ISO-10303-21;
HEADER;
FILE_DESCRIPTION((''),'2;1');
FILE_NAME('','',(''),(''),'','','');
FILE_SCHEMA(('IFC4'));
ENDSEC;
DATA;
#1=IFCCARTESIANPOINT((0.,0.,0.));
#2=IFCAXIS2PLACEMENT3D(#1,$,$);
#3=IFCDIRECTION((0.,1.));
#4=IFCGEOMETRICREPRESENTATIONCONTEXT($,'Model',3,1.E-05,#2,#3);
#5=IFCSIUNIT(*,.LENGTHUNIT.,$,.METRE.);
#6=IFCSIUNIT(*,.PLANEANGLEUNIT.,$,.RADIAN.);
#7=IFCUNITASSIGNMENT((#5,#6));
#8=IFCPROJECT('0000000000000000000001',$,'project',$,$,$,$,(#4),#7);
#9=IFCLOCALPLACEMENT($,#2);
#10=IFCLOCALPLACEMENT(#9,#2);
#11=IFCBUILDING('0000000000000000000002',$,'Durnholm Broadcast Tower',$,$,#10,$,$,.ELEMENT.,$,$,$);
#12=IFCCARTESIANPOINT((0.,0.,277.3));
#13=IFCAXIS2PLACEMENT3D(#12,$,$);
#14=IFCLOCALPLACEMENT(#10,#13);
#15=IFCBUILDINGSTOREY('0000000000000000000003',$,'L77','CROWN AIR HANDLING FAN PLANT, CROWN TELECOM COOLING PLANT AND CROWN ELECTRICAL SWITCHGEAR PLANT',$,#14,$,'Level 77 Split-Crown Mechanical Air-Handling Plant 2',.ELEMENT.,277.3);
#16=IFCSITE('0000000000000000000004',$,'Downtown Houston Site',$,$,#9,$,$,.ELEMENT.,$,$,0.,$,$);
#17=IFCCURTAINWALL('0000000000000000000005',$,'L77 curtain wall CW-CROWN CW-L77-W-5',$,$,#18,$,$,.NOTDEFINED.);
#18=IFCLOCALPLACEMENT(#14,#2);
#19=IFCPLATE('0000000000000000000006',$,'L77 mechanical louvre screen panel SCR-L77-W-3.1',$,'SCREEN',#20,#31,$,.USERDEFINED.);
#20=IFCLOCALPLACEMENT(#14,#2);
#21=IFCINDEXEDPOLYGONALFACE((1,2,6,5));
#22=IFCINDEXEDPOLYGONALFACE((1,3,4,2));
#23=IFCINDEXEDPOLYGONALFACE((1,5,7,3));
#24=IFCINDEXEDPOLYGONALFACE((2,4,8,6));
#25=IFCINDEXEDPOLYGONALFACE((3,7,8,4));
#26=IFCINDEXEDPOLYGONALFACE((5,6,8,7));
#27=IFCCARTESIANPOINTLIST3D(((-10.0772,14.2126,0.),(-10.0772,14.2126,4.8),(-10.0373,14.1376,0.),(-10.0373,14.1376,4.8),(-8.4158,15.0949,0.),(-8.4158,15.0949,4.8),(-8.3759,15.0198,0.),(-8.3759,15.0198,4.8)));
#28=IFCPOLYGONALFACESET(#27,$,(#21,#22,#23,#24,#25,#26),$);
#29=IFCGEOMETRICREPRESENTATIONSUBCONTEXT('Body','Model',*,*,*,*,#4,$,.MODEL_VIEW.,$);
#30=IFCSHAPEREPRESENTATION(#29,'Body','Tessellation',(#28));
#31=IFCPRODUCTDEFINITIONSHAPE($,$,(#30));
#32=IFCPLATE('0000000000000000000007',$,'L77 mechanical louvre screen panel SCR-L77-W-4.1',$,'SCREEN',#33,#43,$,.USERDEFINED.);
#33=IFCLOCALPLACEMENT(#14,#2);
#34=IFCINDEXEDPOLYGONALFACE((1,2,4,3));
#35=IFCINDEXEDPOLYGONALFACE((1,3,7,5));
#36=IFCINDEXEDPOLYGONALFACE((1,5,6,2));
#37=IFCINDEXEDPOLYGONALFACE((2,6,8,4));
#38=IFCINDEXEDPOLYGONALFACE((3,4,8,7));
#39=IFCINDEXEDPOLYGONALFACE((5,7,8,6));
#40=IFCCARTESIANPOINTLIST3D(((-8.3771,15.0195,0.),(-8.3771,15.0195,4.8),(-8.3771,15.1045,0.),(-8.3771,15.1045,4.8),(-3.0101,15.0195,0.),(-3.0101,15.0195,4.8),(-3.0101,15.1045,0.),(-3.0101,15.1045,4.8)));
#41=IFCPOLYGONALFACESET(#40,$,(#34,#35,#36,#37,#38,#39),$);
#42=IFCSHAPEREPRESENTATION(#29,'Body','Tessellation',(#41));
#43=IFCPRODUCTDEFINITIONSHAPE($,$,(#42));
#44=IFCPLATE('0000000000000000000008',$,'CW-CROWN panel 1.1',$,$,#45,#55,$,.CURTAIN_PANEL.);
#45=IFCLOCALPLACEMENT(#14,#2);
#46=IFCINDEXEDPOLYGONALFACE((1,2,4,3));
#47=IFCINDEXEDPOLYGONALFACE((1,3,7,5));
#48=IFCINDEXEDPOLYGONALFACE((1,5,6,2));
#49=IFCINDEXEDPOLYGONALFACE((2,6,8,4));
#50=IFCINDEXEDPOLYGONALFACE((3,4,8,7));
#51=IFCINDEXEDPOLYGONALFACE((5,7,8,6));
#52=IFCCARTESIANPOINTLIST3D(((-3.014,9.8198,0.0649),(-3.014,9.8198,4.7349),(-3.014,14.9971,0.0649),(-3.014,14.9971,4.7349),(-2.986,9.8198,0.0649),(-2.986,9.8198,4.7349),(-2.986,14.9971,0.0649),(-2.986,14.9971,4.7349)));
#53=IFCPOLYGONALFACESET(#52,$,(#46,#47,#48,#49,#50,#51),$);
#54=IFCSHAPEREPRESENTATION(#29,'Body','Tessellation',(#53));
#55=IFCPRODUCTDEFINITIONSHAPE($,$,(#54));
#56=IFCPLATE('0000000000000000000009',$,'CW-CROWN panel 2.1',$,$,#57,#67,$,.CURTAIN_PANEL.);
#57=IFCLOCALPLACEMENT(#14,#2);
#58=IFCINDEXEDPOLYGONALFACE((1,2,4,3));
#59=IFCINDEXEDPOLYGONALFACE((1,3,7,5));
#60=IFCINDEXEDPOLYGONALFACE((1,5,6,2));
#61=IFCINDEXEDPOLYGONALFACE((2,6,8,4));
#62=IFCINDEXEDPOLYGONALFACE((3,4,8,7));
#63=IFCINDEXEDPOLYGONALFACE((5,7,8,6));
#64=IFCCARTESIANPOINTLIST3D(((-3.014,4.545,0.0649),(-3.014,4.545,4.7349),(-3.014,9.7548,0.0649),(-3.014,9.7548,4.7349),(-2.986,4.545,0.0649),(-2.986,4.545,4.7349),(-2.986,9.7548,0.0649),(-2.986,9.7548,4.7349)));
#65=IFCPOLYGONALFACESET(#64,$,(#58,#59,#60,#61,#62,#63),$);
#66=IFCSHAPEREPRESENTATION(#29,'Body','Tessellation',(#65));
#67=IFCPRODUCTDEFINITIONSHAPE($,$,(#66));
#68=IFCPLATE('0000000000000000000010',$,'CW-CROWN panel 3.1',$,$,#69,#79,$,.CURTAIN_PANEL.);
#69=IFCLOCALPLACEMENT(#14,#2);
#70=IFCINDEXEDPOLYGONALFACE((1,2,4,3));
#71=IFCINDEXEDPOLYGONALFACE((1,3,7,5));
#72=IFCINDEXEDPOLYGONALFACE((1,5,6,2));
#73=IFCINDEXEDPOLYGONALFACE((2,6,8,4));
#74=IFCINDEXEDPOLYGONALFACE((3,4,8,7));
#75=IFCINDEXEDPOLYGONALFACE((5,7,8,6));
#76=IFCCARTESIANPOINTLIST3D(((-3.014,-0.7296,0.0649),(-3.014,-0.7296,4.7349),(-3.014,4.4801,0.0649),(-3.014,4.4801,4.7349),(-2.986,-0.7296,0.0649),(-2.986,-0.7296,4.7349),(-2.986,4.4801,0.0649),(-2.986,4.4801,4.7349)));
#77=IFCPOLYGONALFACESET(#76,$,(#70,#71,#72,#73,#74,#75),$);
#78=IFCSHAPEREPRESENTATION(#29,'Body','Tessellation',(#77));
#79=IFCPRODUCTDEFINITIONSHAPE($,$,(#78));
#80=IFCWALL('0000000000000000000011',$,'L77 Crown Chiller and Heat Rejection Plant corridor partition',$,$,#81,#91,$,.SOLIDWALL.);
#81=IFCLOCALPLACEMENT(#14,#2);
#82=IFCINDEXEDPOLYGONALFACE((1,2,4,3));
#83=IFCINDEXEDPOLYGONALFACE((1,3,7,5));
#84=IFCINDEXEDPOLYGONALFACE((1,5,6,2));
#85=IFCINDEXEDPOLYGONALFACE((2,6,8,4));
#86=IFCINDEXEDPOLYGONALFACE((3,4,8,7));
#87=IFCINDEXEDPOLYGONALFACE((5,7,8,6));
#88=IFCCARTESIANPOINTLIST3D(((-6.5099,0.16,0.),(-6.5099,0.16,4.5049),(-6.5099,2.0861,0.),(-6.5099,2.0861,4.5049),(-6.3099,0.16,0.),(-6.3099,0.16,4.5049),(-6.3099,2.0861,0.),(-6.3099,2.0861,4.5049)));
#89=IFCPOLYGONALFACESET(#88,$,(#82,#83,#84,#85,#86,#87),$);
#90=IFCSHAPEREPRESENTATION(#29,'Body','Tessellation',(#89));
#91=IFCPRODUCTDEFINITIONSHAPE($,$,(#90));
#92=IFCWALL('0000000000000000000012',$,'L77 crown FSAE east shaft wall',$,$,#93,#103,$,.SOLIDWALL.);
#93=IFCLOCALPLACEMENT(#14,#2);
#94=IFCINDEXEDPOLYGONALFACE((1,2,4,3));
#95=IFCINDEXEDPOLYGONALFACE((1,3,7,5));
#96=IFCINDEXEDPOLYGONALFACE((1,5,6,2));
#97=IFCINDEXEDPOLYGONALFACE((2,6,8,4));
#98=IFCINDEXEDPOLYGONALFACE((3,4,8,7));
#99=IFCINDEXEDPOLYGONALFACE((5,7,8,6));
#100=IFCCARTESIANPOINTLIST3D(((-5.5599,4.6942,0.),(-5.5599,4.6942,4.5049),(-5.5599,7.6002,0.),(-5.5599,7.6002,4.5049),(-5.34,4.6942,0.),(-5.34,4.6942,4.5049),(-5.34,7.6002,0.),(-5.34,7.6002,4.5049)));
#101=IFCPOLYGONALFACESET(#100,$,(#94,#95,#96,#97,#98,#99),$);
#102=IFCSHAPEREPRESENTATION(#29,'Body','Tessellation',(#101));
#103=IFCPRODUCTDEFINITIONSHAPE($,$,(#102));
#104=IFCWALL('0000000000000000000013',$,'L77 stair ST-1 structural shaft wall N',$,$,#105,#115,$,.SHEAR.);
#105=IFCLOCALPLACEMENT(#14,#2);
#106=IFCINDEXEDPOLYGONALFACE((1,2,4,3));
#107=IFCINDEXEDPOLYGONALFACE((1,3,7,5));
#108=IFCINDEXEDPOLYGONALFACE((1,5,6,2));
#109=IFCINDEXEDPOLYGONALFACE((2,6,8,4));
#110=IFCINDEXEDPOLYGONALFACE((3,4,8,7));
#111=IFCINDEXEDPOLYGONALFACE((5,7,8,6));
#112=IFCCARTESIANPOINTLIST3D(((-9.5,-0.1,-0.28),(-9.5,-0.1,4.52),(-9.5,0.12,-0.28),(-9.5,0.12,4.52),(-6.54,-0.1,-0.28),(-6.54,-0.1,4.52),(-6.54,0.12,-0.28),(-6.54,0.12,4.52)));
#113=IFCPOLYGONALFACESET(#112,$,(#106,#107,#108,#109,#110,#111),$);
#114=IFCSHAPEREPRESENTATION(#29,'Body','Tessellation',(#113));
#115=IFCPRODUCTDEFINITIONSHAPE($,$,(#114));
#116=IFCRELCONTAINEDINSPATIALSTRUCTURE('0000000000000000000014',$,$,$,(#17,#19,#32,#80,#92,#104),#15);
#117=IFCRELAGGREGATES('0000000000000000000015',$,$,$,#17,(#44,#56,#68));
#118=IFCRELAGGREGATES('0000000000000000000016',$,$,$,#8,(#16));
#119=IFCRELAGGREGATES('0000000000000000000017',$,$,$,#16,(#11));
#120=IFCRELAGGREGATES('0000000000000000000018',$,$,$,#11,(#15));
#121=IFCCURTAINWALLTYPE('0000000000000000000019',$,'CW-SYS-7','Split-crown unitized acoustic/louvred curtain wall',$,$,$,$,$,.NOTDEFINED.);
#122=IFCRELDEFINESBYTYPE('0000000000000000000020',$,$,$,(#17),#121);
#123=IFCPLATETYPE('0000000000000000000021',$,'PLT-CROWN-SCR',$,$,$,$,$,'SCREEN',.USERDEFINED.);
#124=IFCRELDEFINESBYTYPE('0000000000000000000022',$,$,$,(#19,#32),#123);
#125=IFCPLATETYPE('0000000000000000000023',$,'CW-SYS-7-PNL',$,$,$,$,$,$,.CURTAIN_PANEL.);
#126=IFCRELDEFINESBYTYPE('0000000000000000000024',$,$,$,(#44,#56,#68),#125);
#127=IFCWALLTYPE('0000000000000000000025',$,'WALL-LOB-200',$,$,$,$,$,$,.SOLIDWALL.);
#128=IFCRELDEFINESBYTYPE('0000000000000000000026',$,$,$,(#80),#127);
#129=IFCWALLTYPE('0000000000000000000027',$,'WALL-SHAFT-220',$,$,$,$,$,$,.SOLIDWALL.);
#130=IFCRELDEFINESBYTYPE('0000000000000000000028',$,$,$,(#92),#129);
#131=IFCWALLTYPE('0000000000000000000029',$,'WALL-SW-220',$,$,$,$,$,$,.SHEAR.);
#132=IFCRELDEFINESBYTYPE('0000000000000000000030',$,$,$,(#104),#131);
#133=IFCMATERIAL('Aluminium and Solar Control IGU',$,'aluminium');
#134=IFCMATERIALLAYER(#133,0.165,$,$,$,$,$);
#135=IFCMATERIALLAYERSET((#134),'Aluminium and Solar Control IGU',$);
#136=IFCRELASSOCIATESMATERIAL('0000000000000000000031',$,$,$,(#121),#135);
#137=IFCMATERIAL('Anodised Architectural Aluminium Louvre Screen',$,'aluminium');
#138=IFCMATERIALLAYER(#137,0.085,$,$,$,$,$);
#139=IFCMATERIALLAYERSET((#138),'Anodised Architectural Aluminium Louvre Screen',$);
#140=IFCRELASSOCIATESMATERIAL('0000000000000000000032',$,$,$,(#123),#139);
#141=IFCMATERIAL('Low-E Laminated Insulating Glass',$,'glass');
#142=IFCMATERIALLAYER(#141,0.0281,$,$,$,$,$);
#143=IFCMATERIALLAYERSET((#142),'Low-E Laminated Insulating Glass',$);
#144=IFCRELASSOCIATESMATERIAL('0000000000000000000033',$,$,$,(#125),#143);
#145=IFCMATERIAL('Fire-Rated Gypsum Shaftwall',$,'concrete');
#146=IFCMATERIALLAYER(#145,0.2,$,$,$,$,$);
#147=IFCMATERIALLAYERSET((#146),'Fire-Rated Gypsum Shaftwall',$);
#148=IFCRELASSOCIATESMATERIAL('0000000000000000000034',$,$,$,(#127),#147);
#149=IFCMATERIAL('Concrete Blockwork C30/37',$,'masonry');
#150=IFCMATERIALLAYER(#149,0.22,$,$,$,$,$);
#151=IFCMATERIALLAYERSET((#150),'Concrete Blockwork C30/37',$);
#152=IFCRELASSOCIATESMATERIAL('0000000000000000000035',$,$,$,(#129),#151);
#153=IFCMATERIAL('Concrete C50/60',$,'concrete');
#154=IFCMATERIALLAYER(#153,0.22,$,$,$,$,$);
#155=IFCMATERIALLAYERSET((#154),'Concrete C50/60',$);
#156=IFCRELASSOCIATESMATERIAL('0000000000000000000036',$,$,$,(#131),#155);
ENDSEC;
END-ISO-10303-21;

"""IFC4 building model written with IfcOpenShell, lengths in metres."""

from ifc_helpers import new_model, si_unit, direction, frame, frame_2d, origin, origin_2d, place, context, subcontext, project, spatial, rectangle, extrude, source, transform, mapped, material, layer, layer_set, type_object, type_shapes, element, aggregate, save


model = new_model("IFC4")

# Units and contexts
model_context = context("Model", 3, precision=1e-05, world=origin(), true_north=direction((0.0, 1.0)))
body_context = subcontext(model_context, "Body", "Model", "MODEL_VIEW")
ifc_project = project(units=[si_unit("LENGTHUNIT", "METRE"), si_unit("PLANEANGLEUNIT", "RADIAN")], contexts=[model_context])

# Site, building, storey
site_placement = place(None, origin())
site = spatial("IfcSite", under=ifc_project, at=site_placement, Name="Downtown Houston Site", CompositionType="ELEMENT", RefElevation=0.0)
building_placement = place(site_placement, origin())
building = spatial("IfcBuilding", under=site, at=building_placement, Name="Durnholm Broadcast Tower", CompositionType="ELEMENT")
storey_placement = place(building_placement, frame((0.0, 0.0, 277.3)))
storey = spatial("IfcBuildingStorey", under=building, at=storey_placement, Name="L77", Description="CROWN AIR HANDLING FAN PLANT, CROWN TELECOM COOLING PLANT AND CROWN ELECTRICAL SWITCHGEAR PLANT", LongName="Level 77 Split-Crown Mechanical Air-Handling Plant 2", CompositionType="ELEMENT", Elevation=277.3)

# Curtain wall
ifc_material_1 = material(Name="Aluminium and Solar Control IGU", Category="aluminium")
ifc_layer_1 = layer(ifc_material_1, 0.165)
ifc_layer_set_1 = layer_set([ifc_layer_1], Name="Aluminium and Solar Control IGU")
curtain_wall_type = type_object("IfcCurtainWallType", Name="CW-SYS-7", Description="Split-crown unitized acoustic/louvred curtain wall", PredefinedType="NOTDEFINED", material=ifc_layer_set_1)
curtain_wall_placement = place(storey_placement, origin())
curtain_wall = element("IfcCurtainWall", 1, at=curtain_wall_placement, inside=storey, type_object=curtain_wall_type, Name="L77 curtain wall CW-CROWN CW-L77-W-5", PredefinedType="NOTDEFINED")

# Shared definitions
ifc_material_2 = material(Name="Concrete C50/60", Category="concrete")

# Plates
ifc_material_3 = material(Name="Anodised Architectural Aluminium Louvre Screen", Category="aluminium")
ifc_layer_2 = layer(ifc_material_3, 0.085)
ifc_layer_set_2 = layer_set([ifc_layer_2], Name="Anodised Architectural Aluminium Louvre Screen")
plate_type_1 = type_object("IfcPlateType", Name="PLT-CROWN-SCR", ElementType="SCREEN", PredefinedType="USERDEFINED", material=ifc_layer_set_2)
shared_shape_1 = source(origin(), body_context, "Body", "SweptSolid", [
    extrude(rectangle(XDim=1.8811, YDim=0.085, at=origin_2d()), origin(), (0.0, 0.0, 1.0), 4.8),
])
plate_1_placement = place(storey_placement, frame((-9.2266, 14.6162, 0.0), z_axis=(0.0, 0.0, 1.0), x_axis=(0.883193, 0.469009, 0.0)))
element("IfcPlate", 2, at=plate_1_placement, inside=storey, type_object=plate_type_1, Name="L77 mechanical louvre screen panel SCR-L77-W-3.1", ObjectType="SCREEN", PredefinedType="USERDEFINED", context=body_context, shape_type="MappedRepresentation", body=[
    mapped(shared_shape_1, transform((0.0, 0.0, 0.0), x_axis=(1.0, 0.0, 0.0), y_axis=(0.0, 1.0, 0.0), z_axis=(0.0, 0.0, 1.0), scale=1.0)),
])
shared_shape_2 = source(origin(), body_context, "Body", "SweptSolid", [
    extrude(rectangle(XDim=5.3669, YDim=0.085, at=origin_2d()), origin(), (0.0, 0.0, 1.0), 4.8),
])
type_shapes(plate_type_1, [shared_shape_1, shared_shape_2])
plate_2_placement = place(storey_placement, frame((-5.6936, 15.062, 0.0), z_axis=(0.0, 0.0, 1.0), x_axis=(1.0, 0.0, 0.0)))
element("IfcPlate", 3, at=plate_2_placement, inside=storey, type_object=plate_type_1, Name="L77 mechanical louvre screen panel SCR-L77-W-4.1", ObjectType="SCREEN", PredefinedType="USERDEFINED", context=body_context, shape_type="MappedRepresentation", body=[
    mapped(shared_shape_2, transform((0.0, 0.0, 0.0), x_axis=(1.0, 0.0, 0.0), y_axis=(0.0, 1.0, 0.0), z_axis=(0.0, 0.0, 1.0), scale=1.0)),
])

# Plates
ifc_material_4 = material(Name="Low-E Laminated Insulating Glass", Category="glass")
ifc_layer_3 = layer(ifc_material_4, 0.0281)
ifc_layer_set_3 = layer_set([ifc_layer_3], Name="Low-E Laminated Insulating Glass")
plate_type_2 = type_object("IfcPlateType", Name="CW-SYS-7-PNL", PredefinedType="CURTAIN_PANEL", material=ifc_layer_set_3)
shared_shape_3 = source(origin(), body_context, "Body", "SweptSolid", [
    extrude(rectangle(XDim=5.1772, YDim=0.0281, at=origin_2d()), origin(), (0.0, 0.0, 1.0), 4.6699),
])
plate_3_placement = place(storey_placement, frame((-3.0, 12.4084, 0.0649), z_axis=(0.0, 0.0, 1.0), x_axis=(0.0, -1.0, 0.0)))
plate_3 = element("IfcPlate", 4, at=plate_3_placement, type_object=plate_type_2, Name="CW-CROWN panel 1.1", PredefinedType="CURTAIN_PANEL", context=body_context, shape_type="MappedRepresentation", body=[
    mapped(shared_shape_3, transform((0.0, 0.0, 0.0), x_axis=(1.0, 0.0, 0.0), y_axis=(0.0, 1.0, 0.0), z_axis=(0.0, 0.0, 1.0), scale=1.0)),
])
shared_shape_4 = source(origin(), body_context, "Body", "SweptSolid", [
    extrude(rectangle(XDim=5.2097, YDim=0.0281, at=origin_2d()), origin(), (0.0, 0.0, 1.0), 4.6699),
])
type_shapes(plate_type_2, [shared_shape_3, shared_shape_4])
plate_4_placement = place(storey_placement, frame((-3.0, 7.1499, 0.0649), z_axis=(0.0, 0.0, 1.0), x_axis=(0.0, -1.0, 0.0)))
plate_4 = element("IfcPlate", 5, at=plate_4_placement, type_object=plate_type_2, Name="CW-CROWN panel 2.1", PredefinedType="CURTAIN_PANEL", context=body_context, shape_type="MappedRepresentation", body=[
    mapped(shared_shape_4, transform((0.0, 0.0, 0.0), x_axis=(1.0, 0.0, 0.0), y_axis=(0.0, 1.0, 0.0), z_axis=(0.0, 0.0, 1.0), scale=1.0)),
])
plate_5_placement = place(storey_placement, frame((-3.0, 1.8752, 0.0649), z_axis=(0.0, 0.0, 1.0), x_axis=(0.0, -1.0, 0.0)))
plate_5 = element("IfcPlate", 6, at=plate_5_placement, type_object=plate_type_2, Name="CW-CROWN panel 3.1", PredefinedType="CURTAIN_PANEL", context=body_context, shape_type="MappedRepresentation", body=[
    mapped(shared_shape_4, transform((0.0, 0.0, 0.0), x_axis=(1.0, 0.0, 0.0), y_axis=(0.0, 1.0, 0.0), z_axis=(0.0, 0.0, 1.0), scale=1.0)),
])
aggregate(curtain_wall, [plate_3, plate_4, plate_5])

# Walls
ifc_material_5 = material(Name="Fire-Rated Gypsum Shaftwall", Category="concrete")
ifc_layer_4 = layer(ifc_material_5, 0.2)
ifc_layer_set_4 = layer_set([ifc_layer_4], Name="Fire-Rated Gypsum Shaftwall")
wall_type_1 = type_object("IfcWallType", Name="WALL-LOB-200", PredefinedType="SOLIDWALL", material=ifc_layer_set_4)
wall_1_placement = place(storey_placement, frame((-6.4099, 2.0859, 0.0), z_axis=(0.0, 0.0, 1.0), x_axis=(0.0, -1.0, 0.0)))
element("IfcWall", 7, at=wall_1_placement, inside=storey, type_object=wall_type_1, Name="L77 Crown Chiller and Heat Rejection Plant corridor partition", PredefinedType="SOLIDWALL", context=body_context, shape_type="SweptSolid", body=[
    extrude(rectangle(XDim=1.926, YDim=0.2, at=frame_2d((0.9629, 0.0))), origin(), (0.0, 0.0, 1.0), 4.5049),
])
ifc_material_6 = material(Name="Concrete Blockwork C30/37", Category="masonry")
ifc_layer_5 = layer(ifc_material_6, 0.22)
ifc_layer_set_5 = layer_set([ifc_layer_5], Name="Concrete Blockwork C30/37")
wall_type_2 = type_object("IfcWallType", Name="WALL-SHAFT-220", PredefinedType="SOLIDWALL", material=ifc_layer_set_5)
wall_2_placement = place(storey_placement, frame((-5.45, 4.6941, 0.0), z_axis=(0.0, 0.0, 1.0), x_axis=(0.0, 1.0, 0.0)))
element("IfcWall", 8, at=wall_2_placement, inside=storey, type_object=wall_type_2, Name="L77 crown FSAE east shaft wall", PredefinedType="SOLIDWALL", context=body_context, shape_type="SweptSolid", body=[
    extrude(rectangle(XDim=2.906, YDim=0.22, at=frame_2d((1.4531, 0.0))), origin(), (0.0, 0.0, 1.0), 4.5049),
])
ifc_layer_6 = layer(ifc_material_2, 0.22)
ifc_layer_set_6 = layer_set([ifc_layer_6], Name="Concrete C50/60")
wall_type_3 = type_object("IfcWallType", Name="WALL-SW-220", PredefinedType="SHEAR", material=ifc_layer_set_6)
wall_3_placement = place(storey_placement, frame((-6.54, 0.01, -0.28), z_axis=(0.0, 0.0, 1.0), x_axis=(-1.0, 0.0, 0.0)))
element("IfcWall", 9, at=wall_3_placement, inside=storey, type_object=wall_type_3, Name="L77 stair ST-1 structural shaft wall N", PredefinedType="SHEAR", context=body_context, shape_type="SweptSolid", body=[
    extrude(rectangle(XDim=2.96, YDim=0.22, at=frame_2d((1.48, 0.0))), origin(), (0.0, 0.0, 1.0), 4.8),
])

save(model, "model.ifc")
